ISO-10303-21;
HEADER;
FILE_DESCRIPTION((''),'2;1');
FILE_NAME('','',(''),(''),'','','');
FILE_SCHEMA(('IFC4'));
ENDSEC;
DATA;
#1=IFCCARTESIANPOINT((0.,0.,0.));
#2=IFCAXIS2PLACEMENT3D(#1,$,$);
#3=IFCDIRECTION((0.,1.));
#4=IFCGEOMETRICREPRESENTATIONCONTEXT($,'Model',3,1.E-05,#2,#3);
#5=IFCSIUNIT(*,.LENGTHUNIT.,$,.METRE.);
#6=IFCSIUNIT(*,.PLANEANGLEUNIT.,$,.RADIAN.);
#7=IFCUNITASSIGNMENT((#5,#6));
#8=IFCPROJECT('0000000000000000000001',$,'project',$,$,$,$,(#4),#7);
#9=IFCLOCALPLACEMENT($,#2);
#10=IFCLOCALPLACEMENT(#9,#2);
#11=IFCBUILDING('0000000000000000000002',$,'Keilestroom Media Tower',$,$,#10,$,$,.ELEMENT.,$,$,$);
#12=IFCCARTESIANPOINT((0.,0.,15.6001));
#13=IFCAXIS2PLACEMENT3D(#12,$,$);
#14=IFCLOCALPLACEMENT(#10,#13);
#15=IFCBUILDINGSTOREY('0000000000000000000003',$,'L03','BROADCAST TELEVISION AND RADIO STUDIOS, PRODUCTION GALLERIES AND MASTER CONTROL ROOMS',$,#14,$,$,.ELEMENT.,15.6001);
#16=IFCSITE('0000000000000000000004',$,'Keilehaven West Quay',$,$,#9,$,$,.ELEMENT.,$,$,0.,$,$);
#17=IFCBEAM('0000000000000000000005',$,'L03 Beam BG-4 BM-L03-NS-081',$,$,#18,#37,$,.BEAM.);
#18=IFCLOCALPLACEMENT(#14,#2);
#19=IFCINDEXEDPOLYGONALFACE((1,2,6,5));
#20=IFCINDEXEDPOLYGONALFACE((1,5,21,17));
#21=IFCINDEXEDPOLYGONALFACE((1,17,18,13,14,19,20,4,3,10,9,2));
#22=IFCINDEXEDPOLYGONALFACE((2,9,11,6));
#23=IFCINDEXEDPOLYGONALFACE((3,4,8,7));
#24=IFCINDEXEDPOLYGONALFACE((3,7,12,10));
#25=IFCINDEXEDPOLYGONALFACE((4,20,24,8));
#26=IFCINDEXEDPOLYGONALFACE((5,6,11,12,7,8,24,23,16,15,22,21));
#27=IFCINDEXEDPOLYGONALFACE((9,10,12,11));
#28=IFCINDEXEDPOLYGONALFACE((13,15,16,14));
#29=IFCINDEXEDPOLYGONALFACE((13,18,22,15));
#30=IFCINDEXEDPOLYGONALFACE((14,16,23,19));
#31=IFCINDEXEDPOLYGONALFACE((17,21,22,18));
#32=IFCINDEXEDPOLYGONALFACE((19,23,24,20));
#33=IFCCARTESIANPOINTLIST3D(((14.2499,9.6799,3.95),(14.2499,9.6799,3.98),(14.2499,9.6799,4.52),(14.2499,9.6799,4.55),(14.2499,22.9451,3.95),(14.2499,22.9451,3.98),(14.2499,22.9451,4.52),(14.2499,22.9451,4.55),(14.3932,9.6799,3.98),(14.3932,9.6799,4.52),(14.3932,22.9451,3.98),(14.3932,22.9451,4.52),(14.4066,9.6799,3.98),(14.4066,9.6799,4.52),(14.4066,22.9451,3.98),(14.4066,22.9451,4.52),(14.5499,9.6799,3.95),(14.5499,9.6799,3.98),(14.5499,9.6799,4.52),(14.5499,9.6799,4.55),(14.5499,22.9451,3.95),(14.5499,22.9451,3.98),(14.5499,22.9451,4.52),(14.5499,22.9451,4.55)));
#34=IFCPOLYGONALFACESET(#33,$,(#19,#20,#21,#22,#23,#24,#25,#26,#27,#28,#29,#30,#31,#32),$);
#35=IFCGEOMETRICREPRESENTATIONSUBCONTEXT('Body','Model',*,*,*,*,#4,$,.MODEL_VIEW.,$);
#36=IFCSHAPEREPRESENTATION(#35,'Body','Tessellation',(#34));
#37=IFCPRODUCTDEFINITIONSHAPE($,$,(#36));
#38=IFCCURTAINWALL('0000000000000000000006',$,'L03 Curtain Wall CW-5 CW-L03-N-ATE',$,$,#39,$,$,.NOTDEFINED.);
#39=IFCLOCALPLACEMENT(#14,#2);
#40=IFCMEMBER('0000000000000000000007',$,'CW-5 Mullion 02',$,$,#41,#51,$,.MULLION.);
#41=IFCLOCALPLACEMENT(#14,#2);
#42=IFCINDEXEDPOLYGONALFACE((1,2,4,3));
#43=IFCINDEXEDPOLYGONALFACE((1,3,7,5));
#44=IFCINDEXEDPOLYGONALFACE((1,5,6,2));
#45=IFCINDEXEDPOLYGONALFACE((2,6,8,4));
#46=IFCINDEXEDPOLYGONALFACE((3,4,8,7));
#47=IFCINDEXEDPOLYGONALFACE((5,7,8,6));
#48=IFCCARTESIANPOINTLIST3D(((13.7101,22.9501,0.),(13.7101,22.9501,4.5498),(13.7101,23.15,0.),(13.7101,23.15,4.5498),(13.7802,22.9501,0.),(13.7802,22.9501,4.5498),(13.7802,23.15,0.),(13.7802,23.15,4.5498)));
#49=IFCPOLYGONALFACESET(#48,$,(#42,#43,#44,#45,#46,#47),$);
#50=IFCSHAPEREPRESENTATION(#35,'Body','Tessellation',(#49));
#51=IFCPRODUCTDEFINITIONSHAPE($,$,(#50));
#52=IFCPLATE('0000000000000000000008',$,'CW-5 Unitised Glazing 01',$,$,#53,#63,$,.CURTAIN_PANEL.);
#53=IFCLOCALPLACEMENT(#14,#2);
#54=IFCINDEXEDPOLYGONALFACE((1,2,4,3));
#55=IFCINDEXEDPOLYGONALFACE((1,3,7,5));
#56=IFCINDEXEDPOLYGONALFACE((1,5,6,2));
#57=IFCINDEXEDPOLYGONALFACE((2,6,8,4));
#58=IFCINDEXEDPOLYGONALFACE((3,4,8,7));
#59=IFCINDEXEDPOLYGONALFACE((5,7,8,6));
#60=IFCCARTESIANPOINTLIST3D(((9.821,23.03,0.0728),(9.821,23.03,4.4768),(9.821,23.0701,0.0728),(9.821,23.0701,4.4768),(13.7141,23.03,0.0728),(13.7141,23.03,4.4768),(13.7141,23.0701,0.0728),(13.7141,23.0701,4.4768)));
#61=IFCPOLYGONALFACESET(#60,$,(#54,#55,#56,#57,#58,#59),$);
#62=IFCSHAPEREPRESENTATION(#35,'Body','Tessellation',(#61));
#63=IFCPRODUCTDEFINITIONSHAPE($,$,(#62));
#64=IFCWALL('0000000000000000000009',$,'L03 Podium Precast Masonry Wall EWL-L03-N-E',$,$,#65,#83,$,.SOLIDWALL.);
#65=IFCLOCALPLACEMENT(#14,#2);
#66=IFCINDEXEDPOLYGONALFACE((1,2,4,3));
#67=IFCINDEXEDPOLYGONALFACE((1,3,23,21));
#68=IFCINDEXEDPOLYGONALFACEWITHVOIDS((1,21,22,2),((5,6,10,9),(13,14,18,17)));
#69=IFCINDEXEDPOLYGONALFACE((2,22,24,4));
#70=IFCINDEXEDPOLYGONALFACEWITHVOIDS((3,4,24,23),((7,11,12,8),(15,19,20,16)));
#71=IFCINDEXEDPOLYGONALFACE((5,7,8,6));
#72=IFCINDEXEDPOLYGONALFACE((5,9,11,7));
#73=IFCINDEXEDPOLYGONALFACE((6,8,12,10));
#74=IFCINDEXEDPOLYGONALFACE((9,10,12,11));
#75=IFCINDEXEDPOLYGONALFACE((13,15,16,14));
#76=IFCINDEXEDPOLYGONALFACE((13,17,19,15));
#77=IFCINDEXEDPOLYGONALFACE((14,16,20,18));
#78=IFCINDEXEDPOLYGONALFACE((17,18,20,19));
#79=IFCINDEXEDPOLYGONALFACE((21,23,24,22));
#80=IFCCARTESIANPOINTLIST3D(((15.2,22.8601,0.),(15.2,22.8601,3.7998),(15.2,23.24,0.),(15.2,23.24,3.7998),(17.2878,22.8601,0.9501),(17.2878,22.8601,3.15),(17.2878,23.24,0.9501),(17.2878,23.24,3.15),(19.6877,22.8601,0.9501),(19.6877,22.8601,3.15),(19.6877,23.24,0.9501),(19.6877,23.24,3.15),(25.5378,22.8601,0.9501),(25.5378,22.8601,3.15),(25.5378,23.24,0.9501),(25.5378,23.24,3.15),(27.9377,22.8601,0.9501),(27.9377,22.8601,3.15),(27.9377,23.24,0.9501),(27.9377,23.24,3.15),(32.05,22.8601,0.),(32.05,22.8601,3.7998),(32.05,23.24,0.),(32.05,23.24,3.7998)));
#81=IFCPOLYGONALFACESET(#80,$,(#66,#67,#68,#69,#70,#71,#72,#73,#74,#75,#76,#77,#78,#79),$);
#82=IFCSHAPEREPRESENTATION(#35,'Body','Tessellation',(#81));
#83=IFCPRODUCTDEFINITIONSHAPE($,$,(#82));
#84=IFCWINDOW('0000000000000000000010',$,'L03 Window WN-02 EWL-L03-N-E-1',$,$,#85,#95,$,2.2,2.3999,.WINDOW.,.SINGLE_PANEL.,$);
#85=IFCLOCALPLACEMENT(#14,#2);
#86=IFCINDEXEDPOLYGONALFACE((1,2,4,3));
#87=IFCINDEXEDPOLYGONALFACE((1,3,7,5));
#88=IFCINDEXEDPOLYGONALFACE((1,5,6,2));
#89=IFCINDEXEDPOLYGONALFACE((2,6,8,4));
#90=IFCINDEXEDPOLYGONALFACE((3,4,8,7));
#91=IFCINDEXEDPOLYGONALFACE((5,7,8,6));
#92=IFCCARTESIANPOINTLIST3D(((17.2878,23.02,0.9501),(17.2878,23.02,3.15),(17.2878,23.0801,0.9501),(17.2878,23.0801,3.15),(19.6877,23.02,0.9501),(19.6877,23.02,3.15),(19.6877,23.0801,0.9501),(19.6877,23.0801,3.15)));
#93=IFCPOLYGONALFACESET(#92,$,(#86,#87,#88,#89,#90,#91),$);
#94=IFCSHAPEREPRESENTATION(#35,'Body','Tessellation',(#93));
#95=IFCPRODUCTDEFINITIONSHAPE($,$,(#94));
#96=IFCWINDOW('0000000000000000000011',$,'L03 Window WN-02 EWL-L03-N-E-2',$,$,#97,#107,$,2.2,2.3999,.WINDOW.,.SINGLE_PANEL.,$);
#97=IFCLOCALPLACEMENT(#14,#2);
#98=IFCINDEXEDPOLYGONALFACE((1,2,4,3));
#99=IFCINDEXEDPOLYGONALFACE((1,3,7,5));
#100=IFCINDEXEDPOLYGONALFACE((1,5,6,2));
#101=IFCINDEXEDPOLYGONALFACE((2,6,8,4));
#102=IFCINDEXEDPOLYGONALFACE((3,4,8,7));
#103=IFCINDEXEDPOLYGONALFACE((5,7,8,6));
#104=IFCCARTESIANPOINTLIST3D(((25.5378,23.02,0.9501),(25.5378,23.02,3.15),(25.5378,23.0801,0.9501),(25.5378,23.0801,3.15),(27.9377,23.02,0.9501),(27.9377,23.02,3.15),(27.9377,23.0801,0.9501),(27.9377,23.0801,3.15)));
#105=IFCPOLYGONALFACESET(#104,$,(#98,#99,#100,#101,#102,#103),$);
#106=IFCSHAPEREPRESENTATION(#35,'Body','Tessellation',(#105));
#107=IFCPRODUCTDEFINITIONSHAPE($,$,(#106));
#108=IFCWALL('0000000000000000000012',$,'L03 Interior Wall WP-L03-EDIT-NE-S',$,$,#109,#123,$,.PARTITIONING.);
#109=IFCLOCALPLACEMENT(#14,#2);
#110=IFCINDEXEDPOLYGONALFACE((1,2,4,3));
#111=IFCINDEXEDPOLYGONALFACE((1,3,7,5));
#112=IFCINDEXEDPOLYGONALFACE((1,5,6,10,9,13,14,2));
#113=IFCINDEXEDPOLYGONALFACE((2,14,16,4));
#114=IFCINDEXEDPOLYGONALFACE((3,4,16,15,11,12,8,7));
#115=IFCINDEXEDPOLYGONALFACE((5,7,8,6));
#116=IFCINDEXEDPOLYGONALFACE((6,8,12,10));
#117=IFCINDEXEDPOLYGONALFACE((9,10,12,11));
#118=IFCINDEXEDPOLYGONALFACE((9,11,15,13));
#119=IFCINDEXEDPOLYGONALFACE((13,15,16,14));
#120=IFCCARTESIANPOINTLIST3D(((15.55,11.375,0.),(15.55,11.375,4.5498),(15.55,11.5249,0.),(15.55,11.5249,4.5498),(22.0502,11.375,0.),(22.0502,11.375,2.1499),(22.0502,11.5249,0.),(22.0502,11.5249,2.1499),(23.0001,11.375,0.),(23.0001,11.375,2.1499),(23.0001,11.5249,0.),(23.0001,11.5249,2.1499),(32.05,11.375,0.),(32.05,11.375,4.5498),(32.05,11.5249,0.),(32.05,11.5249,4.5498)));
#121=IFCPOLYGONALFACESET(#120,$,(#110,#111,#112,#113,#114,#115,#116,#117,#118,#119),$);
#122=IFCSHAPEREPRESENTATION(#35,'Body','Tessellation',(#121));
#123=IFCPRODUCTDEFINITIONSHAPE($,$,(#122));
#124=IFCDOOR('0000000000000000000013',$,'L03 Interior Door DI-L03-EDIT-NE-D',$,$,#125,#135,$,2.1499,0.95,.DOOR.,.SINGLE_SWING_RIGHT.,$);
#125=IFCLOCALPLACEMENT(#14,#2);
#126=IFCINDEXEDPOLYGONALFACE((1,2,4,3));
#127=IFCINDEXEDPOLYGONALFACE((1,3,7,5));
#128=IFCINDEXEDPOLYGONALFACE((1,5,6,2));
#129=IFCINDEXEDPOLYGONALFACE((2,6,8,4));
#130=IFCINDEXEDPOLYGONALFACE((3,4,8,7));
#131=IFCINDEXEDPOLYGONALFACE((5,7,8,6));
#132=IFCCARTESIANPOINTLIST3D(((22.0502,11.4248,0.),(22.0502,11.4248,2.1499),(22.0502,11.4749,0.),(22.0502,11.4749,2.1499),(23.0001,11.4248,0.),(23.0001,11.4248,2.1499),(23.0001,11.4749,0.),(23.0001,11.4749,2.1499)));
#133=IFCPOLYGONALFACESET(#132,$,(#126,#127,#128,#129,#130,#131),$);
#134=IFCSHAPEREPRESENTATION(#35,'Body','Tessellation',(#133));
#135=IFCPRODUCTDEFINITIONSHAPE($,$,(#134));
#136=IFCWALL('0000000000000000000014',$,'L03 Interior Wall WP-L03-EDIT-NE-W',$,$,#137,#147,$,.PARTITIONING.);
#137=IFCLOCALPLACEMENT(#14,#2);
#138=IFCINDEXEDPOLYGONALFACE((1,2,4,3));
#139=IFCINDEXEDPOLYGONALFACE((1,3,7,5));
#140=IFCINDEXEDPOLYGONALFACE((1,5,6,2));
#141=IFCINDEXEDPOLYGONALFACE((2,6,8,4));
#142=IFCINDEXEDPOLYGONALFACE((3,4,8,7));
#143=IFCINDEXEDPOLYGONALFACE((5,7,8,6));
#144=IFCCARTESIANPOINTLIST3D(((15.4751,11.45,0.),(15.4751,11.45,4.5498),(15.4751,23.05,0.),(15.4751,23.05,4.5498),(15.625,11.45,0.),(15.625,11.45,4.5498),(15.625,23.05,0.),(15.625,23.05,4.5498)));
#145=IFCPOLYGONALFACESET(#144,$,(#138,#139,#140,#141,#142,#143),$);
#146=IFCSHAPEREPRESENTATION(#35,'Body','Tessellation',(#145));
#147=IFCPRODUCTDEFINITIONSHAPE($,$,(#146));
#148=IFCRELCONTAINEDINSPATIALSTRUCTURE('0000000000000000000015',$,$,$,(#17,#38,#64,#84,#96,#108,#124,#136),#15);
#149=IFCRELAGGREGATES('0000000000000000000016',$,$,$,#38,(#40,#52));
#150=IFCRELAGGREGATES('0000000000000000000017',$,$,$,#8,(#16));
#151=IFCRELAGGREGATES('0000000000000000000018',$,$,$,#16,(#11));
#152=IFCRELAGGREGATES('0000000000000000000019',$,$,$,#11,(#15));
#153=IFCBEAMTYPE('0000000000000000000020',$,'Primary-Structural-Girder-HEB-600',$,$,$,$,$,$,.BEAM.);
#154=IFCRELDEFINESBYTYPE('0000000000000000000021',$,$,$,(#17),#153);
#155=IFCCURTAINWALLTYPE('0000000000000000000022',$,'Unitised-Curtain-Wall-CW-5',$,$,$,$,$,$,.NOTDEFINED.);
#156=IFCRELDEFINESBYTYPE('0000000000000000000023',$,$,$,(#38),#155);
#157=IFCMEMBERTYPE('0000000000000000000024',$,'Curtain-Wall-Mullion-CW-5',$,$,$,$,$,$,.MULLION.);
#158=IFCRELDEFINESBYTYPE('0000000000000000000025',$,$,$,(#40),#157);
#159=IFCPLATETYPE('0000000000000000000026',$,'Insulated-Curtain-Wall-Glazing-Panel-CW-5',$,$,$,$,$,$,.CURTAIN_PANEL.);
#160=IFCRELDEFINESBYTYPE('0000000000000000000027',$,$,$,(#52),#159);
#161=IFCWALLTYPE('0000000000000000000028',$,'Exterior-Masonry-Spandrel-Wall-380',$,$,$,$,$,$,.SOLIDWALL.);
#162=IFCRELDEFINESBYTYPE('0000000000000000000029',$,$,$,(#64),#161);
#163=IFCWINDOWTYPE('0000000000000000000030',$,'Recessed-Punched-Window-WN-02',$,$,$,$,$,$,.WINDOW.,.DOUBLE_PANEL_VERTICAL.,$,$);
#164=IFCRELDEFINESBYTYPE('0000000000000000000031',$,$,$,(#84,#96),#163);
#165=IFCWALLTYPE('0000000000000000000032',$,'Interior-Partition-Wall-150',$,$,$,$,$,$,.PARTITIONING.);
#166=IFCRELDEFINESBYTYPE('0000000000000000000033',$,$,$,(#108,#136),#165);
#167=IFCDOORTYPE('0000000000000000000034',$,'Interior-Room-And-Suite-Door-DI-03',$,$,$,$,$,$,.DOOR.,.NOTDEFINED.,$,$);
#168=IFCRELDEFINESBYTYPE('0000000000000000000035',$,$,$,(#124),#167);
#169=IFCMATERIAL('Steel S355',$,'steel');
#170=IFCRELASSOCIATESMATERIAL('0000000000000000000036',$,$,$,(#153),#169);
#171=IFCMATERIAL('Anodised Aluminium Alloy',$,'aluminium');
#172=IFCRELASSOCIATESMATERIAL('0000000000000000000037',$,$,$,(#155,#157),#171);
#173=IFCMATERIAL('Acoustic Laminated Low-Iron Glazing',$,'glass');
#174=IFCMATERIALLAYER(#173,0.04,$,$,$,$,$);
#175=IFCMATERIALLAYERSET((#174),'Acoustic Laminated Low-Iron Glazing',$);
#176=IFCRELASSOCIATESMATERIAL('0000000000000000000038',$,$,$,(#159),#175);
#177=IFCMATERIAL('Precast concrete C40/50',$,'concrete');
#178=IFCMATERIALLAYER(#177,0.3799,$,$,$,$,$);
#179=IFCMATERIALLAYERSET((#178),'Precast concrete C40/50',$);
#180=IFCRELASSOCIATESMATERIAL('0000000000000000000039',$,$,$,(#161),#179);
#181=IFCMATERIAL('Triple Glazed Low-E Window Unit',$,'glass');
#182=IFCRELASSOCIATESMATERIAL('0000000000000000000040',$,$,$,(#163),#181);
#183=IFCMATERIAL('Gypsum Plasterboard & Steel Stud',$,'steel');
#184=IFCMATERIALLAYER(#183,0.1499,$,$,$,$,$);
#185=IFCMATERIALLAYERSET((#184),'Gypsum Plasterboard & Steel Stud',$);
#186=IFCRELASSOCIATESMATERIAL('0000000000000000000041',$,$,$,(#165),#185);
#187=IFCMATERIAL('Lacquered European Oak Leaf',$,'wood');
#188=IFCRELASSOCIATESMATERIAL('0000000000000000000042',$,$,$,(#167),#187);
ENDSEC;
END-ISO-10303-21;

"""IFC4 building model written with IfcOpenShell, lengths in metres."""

from ifc_helpers import new_model, si_unit, direction, frame, frame_2d, origin, origin_2d, place, context, subcontext, project, spatial, rectangle, i_section, extrude, source, transform, mapped, material, layer, layer_set, material_profile, profile_set, type_object, element, fill, aggregate, save


model = new_model("IFC4")

# Units and contexts
model_context = context("Model", 3, precision=1e-05, world=origin(), true_north=direction((0.0, 1.0)))
body_context = subcontext(model_context, "Body", "Model", "MODEL_VIEW")
ifc_project = project(units=[si_unit("LENGTHUNIT", "METRE"), si_unit("PLANEANGLEUNIT", "RADIAN")], contexts=[model_context])

# Site, building, storey
site_placement = place(None, origin())
site = spatial("IfcSite", under=ifc_project, at=site_placement, Name="Keilehaven West Quay", CompositionType="ELEMENT", RefElevation=0.0)
building_placement = place(site_placement, origin())
building = spatial("IfcBuilding", under=site, at=building_placement, Name="Keilestroom Media Tower", CompositionType="ELEMENT")
storey_placement = place(building_placement, frame((0.0, 0.0, 15.6001)))
storey = spatial("IfcBuildingStorey", under=building, at=storey_placement, Name="L03", Description="BROADCAST TELEVISION AND RADIO STUDIOS, PRODUCTION GALLERIES AND MASTER CONTROL ROOMS", CompositionType="ELEMENT", Elevation=15.6001)

# Shared definitions
ifc_material_1 = material(Name="Precast concrete C40/50", Category="concrete")

# Beam
ifc_material_2 = material(Name="Steel S355", Category="steel")
ifc_material_profile_1 = material_profile(ifc_material_2, i_section(OverallWidth=0.3, OverallDepth=0.6001, WebThickness=0.0134, FlangeThickness=0.03, at=origin_2d()), Name="HEB 600")
ifc_profile_set_1 = profile_set([ifc_material_profile_1], Name="Steel S355")
beam_type_1 = type_object("IfcBeamType", Name="Primary-Structural-Girder-HEB-600", PredefinedType="BEAM", material=ifc_profile_set_1)
shared_shape_1 = source(origin(), body_context, "Body", "SweptSolid", [
    extrude(i_section(OverallWidth=0.3, OverallDepth=0.6001, WebThickness=0.0134, FlangeThickness=0.03, at=origin_2d()), origin(), (0.0, 0.0, 1.0), 13.2651),
])
beam_1_placement = place(storey_placement, frame((14.3999, 9.6799, 4.25), z_axis=(0.0, 1.0, 0.0), x_axis=(-1.0, 0.0, 0.0)))
element("IfcBeam", 1, at=beam_1_placement, inside=storey, type_object=beam_type_1, Name="L03 Beam BG-4 BM-L03-NS-081", PredefinedType="BEAM", context=body_context, shape_type="MappedRepresentation", body=[
    mapped(shared_shape_1, transform((0.0, 0.0, 0.0), x_axis=(1.0, 0.0, 0.0), y_axis=(0.0, 1.0, 0.0), z_axis=(0.0, 0.0, 1.0), scale=1.0)),
])

# Curtain wall, member, plate
ifc_material_3 = material(Name="Anodised Aluminium Alloy", Category="aluminium")
curtain_wall_type = type_object("IfcCurtainWallType", Name="Unitised-Curtain-Wall-CW-5", PredefinedType="NOTDEFINED", material=ifc_material_3)
curtain_wall_placement = place(storey_placement, origin())
curtain_wall = element("IfcCurtainWall", 2, at=curtain_wall_placement, inside=storey, type_object=curtain_wall_type, Name="L03 Curtain Wall CW-5 CW-L03-N-ATE", PredefinedType="NOTDEFINED")
ifc_material_profile_2 = material_profile(ifc_material_3, rectangle(XDim=0.0701, YDim=0.2, at=origin_2d()), Name="ALU MULLION 70x200")
ifc_profile_set_2 = profile_set([ifc_material_profile_2], Name="Anodised Aluminium Alloy")
member_type = type_object("IfcMemberType", Name="Curtain-Wall-Mullion-CW-5", PredefinedType="MULLION", material=ifc_profile_set_2)
shared_shape_2 = source(origin(), body_context, "Body", "SweptSolid", [
    extrude(rectangle(XDim=0.0701, YDim=0.2, at=origin_2d()), origin(), (0.0, 0.0, 1.0), 4.5498),
])
member_placement = place(storey_placement, frame((13.7451, 23.05, 0.0), z_axis=(0.0, 0.0, 1.0), x_axis=(1.0, 0.0, 0.0)))
member = element("IfcMember", 3, at=member_placement, type_object=member_type, Name="CW-5 Mullion 02", PredefinedType="MULLION", context=body_context, shape_type="MappedRepresentation", body=[
    mapped(shared_shape_2, transform((0.0, 0.0, 0.0), x_axis=(1.0, 0.0, 0.0), y_axis=(0.0, 1.0, 0.0), z_axis=(0.0, 0.0, 1.0), scale=1.0)),
])
ifc_material_4 = material(Name="Acoustic Laminated Low-Iron Glazing", Category="glass")
ifc_layer_1 = layer(ifc_material_4, 0.04)
ifc_layer_set_1 = layer_set([ifc_layer_1], Name="Acoustic Laminated Low-Iron Glazing")
plate_type = type_object("IfcPlateType", Name="Insulated-Curtain-Wall-Glazing-Panel-CW-5", PredefinedType="CURTAIN_PANEL", material=ifc_layer_set_1)
shared_shape_3 = source(origin(), body_context, "Body", "SweptSolid", [
    extrude(rectangle(XDim=3.8931, YDim=0.04, at=origin_2d()), origin(), (0.0, 0.0, 1.0), 4.4041),
])
plate_placement = place(storey_placement, frame((11.7676, 23.05, 0.0728), z_axis=(0.0, 0.0, 1.0), x_axis=(1.0, 0.0, 0.0)))
plate = element("IfcPlate", 4, at=plate_placement, type_object=plate_type, Name="CW-5 Unitised Glazing 01", PredefinedType="CURTAIN_PANEL", context=body_context, shape_type="MappedRepresentation", body=[
    mapped(shared_shape_3, transform((0.0, 0.0, 0.0), x_axis=(1.0, 0.0, 0.0), y_axis=(0.0, 1.0, 0.0), z_axis=(0.0, 0.0, 1.0), scale=1.0)),
])
aggregate(curtain_wall, [member, plate])

# Wall, openings, windows
ifc_layer_2 = layer(ifc_material_1, 0.3799)
ifc_layer_set_2 = layer_set([ifc_layer_2], Name="Precast concrete C40/50")
wall_type_1 = type_object("IfcWallType", Name="Exterior-Masonry-Spandrel-Wall-380", PredefinedType="SOLIDWALL", material=ifc_layer_set_2)
wall_1_placement = place(storey_placement, frame((15.2, 23.05, 0.0), z_axis=(0.0, 0.0, 1.0), x_axis=(1.0, 0.0, 0.0)))
wall_1 = element("IfcWall", 5, at=wall_1_placement, inside=storey, type_object=wall_type_1, Name="L03 Podium Precast Masonry Wall EWL-L03-N-E", PredefinedType="SOLIDWALL", context=body_context, shape_type="SweptSolid", body=[
    extrude(rectangle(XDim=16.8501, YDim=0.3799, at=frame_2d((8.425, 0.0))), origin(), (0.0, 0.0, 1.0), 3.7998),
])
opening_1_placement = place(wall_1_placement, frame((2.0879, 0.0, 0.95)))
opening_1 = element("IfcOpeningElement", 6, at=opening_1_placement, cuts=wall_1, PredefinedType="OPENING", context=body_context, shape_type="SweptSolid", body=[
    extrude(rectangle(XDim=2.3999, YDim=2.2, at=frame_2d((1.2, 1.1001))), frame((0.0, 0.2, 0.0), z_axis=(0.0, -1.0, 0.0), x_axis=(1.0, 0.0, 0.0)), (0.0, 0.0, 1.0), 0.3999),
])
opening_2_placement = place(wall_1_placement, frame((10.3379, 0.0, 0.95)))
opening_2 = element("IfcOpeningElement", 7, at=opening_2_placement, cuts=wall_1, PredefinedType="OPENING", context=body_context, shape_type="SweptSolid", body=[
    extrude(rectangle(XDim=2.3999, YDim=2.2, at=frame_2d((1.2, 1.1001))), frame((0.0, 0.2, 0.0), z_axis=(0.0, -1.0, 0.0), x_axis=(1.0, 0.0, 0.0)), (0.0, 0.0, 1.0), 0.3999),
])
ifc_material_5 = material(Name="Triple Glazed Low-E Window Unit", Category="glass")
window_type = type_object("IfcWindowType", Name="Recessed-Punched-Window-WN-02", PartitioningType="DOUBLE_PANEL_VERTICAL", PredefinedType="WINDOW", material=ifc_material_5)
shared_shape_4 = source(origin(), body_context, "Body", "SweptSolid", [
    extrude(rectangle(XDim=2.3999, YDim=2.2, at=frame_2d((1.2, 1.1001))), frame((0.0, 0.03, 0.0), z_axis=(0.0, -1.0, 0.0), x_axis=(1.0, 0.0, 0.0)), (0.0, 0.0, 1.0), 0.0601),
])
window_1_placement = place(opening_1_placement, origin())
window_1 = element("IfcWindow", 8, at=window_1_placement, inside=storey, type_object=window_type, Name="L03 Window WN-02 EWL-L03-N-E-1", OverallHeight=2.2, OverallWidth=2.3999, PartitioningType="SINGLE_PANEL", PredefinedType="WINDOW", context=body_context, shape_type="MappedRepresentation", body=[
    mapped(shared_shape_4, transform((0.0, 0.0, 0.0), x_axis=(1.0, 0.0, 0.0), y_axis=(0.0, 1.0, 0.0), z_axis=(0.0, 0.0, 1.0), scale=1.0)),
])
fill(opening_1, window_1)
window_2_placement = place(opening_2_placement, origin())
window_2 = element("IfcWindow", 9, at=window_2_placement, inside=storey, type_object=window_type, Name="L03 Window WN-02 EWL-L03-N-E-2", OverallHeight=2.2, OverallWidth=2.3999, PartitioningType="SINGLE_PANEL", PredefinedType="WINDOW", context=body_context, shape_type="MappedRepresentation", body=[
    mapped(shared_shape_4, transform((0.0, 0.0, 0.0), x_axis=(1.0, 0.0, 0.0), y_axis=(0.0, 1.0, 0.0), z_axis=(0.0, 0.0, 1.0), scale=1.0)),
])
fill(opening_2, window_2)

# Wall, opening, door
ifc_material_6 = material(Name="Gypsum Plasterboard & Steel Stud", Category="steel")
ifc_layer_3 = layer(ifc_material_6, 0.1499)
ifc_layer_set_3 = layer_set([ifc_layer_3], Name="Gypsum Plasterboard & Steel Stud")
wall_type_2 = type_object("IfcWallType", Name="Interior-Partition-Wall-150", PredefinedType="PARTITIONING", material=ifc_layer_set_3)
wall_2_placement = place(storey_placement, frame((15.55, 11.45, 0.0), z_axis=(0.0, 0.0, 1.0), x_axis=(1.0, 0.0, 0.0)))
wall_2 = element("IfcWall", 10, at=wall_2_placement, inside=storey, type_object=wall_type_2, Name="L03 Interior Wall WP-L03-EDIT-NE-S", PredefinedType="PARTITIONING", context=body_context, shape_type="SweptSolid", body=[
    extrude(rectangle(XDim=16.5, YDim=0.1499, at=frame_2d((8.25, 0.0))), origin(), (0.0, 0.0, 1.0), 4.5498),
])
opening_3_placement = place(wall_2_placement, frame((6.5, 0.0, 0.0)))
opening_3 = element("IfcOpeningElement", 11, at=opening_3_placement, cuts=wall_2, PredefinedType="OPENING", context=body_context, shape_type="SweptSolid", body=[
    extrude(rectangle(XDim=0.95, YDim=2.1499, at=frame_2d((0.4751, 1.075))), frame((0.0, 0.085, 0.0), z_axis=(0.0, -1.0, 0.0), x_axis=(1.0, 0.0, 0.0)), (0.0, 0.0, 1.0), 0.1699),
])
ifc_material_7 = material(Name="Lacquered European Oak Leaf", Category="wood")
door_type = type_object("IfcDoorType", Name="Interior-Room-And-Suite-Door-DI-03", OperationType="NOTDEFINED", PredefinedType="DOOR", material=ifc_material_7)
shared_shape_5 = source(origin(), body_context, "Body", "SweptSolid", [
    extrude(rectangle(XDim=0.95, YDim=2.1499, at=frame_2d((0.4751, 1.075))), frame((0.0, 0.0249, 0.0), z_axis=(0.0, -1.0, 0.0), x_axis=(1.0, 0.0, 0.0)), (0.0, 0.0, 1.0), 0.05),
])
door_1_placement = place(opening_3_placement, origin())
door_1 = element("IfcDoor", 12, at=door_1_placement, inside=storey, type_object=door_type, Name="L03 Interior Door DI-L03-EDIT-NE-D", OperationType="SINGLE_SWING_RIGHT", OverallHeight=2.1499, OverallWidth=0.95, PredefinedType="DOOR", context=body_context, shape_type="MappedRepresentation", body=[
    mapped(shared_shape_5, transform((0.0, 0.0, 0.0), x_axis=(1.0, 0.0, 0.0), y_axis=(0.0, 1.0, 0.0), z_axis=(0.0, 0.0, 1.0), scale=1.0)),
])
fill(opening_3, door_1)

# Wall
wall_3_placement = place(storey_placement, frame((15.55, 11.45, 0.0), z_axis=(0.0, 0.0, 1.0), x_axis=(0.0, 1.0, 0.0)))
element("IfcWall", 13, at=wall_3_placement, inside=storey, type_object=wall_type_2, Name="L03 Interior Wall WP-L03-EDIT-NE-W", PredefinedType="PARTITIONING", context=body_context, shape_type="SweptSolid", body=[
    extrude(rectangle(XDim=11.6001, YDim=0.1499, at=frame_2d((5.8, 0.0))), origin(), (0.0, 0.0, 1.0), 4.5498),
])

save(model, "model.ifc")
